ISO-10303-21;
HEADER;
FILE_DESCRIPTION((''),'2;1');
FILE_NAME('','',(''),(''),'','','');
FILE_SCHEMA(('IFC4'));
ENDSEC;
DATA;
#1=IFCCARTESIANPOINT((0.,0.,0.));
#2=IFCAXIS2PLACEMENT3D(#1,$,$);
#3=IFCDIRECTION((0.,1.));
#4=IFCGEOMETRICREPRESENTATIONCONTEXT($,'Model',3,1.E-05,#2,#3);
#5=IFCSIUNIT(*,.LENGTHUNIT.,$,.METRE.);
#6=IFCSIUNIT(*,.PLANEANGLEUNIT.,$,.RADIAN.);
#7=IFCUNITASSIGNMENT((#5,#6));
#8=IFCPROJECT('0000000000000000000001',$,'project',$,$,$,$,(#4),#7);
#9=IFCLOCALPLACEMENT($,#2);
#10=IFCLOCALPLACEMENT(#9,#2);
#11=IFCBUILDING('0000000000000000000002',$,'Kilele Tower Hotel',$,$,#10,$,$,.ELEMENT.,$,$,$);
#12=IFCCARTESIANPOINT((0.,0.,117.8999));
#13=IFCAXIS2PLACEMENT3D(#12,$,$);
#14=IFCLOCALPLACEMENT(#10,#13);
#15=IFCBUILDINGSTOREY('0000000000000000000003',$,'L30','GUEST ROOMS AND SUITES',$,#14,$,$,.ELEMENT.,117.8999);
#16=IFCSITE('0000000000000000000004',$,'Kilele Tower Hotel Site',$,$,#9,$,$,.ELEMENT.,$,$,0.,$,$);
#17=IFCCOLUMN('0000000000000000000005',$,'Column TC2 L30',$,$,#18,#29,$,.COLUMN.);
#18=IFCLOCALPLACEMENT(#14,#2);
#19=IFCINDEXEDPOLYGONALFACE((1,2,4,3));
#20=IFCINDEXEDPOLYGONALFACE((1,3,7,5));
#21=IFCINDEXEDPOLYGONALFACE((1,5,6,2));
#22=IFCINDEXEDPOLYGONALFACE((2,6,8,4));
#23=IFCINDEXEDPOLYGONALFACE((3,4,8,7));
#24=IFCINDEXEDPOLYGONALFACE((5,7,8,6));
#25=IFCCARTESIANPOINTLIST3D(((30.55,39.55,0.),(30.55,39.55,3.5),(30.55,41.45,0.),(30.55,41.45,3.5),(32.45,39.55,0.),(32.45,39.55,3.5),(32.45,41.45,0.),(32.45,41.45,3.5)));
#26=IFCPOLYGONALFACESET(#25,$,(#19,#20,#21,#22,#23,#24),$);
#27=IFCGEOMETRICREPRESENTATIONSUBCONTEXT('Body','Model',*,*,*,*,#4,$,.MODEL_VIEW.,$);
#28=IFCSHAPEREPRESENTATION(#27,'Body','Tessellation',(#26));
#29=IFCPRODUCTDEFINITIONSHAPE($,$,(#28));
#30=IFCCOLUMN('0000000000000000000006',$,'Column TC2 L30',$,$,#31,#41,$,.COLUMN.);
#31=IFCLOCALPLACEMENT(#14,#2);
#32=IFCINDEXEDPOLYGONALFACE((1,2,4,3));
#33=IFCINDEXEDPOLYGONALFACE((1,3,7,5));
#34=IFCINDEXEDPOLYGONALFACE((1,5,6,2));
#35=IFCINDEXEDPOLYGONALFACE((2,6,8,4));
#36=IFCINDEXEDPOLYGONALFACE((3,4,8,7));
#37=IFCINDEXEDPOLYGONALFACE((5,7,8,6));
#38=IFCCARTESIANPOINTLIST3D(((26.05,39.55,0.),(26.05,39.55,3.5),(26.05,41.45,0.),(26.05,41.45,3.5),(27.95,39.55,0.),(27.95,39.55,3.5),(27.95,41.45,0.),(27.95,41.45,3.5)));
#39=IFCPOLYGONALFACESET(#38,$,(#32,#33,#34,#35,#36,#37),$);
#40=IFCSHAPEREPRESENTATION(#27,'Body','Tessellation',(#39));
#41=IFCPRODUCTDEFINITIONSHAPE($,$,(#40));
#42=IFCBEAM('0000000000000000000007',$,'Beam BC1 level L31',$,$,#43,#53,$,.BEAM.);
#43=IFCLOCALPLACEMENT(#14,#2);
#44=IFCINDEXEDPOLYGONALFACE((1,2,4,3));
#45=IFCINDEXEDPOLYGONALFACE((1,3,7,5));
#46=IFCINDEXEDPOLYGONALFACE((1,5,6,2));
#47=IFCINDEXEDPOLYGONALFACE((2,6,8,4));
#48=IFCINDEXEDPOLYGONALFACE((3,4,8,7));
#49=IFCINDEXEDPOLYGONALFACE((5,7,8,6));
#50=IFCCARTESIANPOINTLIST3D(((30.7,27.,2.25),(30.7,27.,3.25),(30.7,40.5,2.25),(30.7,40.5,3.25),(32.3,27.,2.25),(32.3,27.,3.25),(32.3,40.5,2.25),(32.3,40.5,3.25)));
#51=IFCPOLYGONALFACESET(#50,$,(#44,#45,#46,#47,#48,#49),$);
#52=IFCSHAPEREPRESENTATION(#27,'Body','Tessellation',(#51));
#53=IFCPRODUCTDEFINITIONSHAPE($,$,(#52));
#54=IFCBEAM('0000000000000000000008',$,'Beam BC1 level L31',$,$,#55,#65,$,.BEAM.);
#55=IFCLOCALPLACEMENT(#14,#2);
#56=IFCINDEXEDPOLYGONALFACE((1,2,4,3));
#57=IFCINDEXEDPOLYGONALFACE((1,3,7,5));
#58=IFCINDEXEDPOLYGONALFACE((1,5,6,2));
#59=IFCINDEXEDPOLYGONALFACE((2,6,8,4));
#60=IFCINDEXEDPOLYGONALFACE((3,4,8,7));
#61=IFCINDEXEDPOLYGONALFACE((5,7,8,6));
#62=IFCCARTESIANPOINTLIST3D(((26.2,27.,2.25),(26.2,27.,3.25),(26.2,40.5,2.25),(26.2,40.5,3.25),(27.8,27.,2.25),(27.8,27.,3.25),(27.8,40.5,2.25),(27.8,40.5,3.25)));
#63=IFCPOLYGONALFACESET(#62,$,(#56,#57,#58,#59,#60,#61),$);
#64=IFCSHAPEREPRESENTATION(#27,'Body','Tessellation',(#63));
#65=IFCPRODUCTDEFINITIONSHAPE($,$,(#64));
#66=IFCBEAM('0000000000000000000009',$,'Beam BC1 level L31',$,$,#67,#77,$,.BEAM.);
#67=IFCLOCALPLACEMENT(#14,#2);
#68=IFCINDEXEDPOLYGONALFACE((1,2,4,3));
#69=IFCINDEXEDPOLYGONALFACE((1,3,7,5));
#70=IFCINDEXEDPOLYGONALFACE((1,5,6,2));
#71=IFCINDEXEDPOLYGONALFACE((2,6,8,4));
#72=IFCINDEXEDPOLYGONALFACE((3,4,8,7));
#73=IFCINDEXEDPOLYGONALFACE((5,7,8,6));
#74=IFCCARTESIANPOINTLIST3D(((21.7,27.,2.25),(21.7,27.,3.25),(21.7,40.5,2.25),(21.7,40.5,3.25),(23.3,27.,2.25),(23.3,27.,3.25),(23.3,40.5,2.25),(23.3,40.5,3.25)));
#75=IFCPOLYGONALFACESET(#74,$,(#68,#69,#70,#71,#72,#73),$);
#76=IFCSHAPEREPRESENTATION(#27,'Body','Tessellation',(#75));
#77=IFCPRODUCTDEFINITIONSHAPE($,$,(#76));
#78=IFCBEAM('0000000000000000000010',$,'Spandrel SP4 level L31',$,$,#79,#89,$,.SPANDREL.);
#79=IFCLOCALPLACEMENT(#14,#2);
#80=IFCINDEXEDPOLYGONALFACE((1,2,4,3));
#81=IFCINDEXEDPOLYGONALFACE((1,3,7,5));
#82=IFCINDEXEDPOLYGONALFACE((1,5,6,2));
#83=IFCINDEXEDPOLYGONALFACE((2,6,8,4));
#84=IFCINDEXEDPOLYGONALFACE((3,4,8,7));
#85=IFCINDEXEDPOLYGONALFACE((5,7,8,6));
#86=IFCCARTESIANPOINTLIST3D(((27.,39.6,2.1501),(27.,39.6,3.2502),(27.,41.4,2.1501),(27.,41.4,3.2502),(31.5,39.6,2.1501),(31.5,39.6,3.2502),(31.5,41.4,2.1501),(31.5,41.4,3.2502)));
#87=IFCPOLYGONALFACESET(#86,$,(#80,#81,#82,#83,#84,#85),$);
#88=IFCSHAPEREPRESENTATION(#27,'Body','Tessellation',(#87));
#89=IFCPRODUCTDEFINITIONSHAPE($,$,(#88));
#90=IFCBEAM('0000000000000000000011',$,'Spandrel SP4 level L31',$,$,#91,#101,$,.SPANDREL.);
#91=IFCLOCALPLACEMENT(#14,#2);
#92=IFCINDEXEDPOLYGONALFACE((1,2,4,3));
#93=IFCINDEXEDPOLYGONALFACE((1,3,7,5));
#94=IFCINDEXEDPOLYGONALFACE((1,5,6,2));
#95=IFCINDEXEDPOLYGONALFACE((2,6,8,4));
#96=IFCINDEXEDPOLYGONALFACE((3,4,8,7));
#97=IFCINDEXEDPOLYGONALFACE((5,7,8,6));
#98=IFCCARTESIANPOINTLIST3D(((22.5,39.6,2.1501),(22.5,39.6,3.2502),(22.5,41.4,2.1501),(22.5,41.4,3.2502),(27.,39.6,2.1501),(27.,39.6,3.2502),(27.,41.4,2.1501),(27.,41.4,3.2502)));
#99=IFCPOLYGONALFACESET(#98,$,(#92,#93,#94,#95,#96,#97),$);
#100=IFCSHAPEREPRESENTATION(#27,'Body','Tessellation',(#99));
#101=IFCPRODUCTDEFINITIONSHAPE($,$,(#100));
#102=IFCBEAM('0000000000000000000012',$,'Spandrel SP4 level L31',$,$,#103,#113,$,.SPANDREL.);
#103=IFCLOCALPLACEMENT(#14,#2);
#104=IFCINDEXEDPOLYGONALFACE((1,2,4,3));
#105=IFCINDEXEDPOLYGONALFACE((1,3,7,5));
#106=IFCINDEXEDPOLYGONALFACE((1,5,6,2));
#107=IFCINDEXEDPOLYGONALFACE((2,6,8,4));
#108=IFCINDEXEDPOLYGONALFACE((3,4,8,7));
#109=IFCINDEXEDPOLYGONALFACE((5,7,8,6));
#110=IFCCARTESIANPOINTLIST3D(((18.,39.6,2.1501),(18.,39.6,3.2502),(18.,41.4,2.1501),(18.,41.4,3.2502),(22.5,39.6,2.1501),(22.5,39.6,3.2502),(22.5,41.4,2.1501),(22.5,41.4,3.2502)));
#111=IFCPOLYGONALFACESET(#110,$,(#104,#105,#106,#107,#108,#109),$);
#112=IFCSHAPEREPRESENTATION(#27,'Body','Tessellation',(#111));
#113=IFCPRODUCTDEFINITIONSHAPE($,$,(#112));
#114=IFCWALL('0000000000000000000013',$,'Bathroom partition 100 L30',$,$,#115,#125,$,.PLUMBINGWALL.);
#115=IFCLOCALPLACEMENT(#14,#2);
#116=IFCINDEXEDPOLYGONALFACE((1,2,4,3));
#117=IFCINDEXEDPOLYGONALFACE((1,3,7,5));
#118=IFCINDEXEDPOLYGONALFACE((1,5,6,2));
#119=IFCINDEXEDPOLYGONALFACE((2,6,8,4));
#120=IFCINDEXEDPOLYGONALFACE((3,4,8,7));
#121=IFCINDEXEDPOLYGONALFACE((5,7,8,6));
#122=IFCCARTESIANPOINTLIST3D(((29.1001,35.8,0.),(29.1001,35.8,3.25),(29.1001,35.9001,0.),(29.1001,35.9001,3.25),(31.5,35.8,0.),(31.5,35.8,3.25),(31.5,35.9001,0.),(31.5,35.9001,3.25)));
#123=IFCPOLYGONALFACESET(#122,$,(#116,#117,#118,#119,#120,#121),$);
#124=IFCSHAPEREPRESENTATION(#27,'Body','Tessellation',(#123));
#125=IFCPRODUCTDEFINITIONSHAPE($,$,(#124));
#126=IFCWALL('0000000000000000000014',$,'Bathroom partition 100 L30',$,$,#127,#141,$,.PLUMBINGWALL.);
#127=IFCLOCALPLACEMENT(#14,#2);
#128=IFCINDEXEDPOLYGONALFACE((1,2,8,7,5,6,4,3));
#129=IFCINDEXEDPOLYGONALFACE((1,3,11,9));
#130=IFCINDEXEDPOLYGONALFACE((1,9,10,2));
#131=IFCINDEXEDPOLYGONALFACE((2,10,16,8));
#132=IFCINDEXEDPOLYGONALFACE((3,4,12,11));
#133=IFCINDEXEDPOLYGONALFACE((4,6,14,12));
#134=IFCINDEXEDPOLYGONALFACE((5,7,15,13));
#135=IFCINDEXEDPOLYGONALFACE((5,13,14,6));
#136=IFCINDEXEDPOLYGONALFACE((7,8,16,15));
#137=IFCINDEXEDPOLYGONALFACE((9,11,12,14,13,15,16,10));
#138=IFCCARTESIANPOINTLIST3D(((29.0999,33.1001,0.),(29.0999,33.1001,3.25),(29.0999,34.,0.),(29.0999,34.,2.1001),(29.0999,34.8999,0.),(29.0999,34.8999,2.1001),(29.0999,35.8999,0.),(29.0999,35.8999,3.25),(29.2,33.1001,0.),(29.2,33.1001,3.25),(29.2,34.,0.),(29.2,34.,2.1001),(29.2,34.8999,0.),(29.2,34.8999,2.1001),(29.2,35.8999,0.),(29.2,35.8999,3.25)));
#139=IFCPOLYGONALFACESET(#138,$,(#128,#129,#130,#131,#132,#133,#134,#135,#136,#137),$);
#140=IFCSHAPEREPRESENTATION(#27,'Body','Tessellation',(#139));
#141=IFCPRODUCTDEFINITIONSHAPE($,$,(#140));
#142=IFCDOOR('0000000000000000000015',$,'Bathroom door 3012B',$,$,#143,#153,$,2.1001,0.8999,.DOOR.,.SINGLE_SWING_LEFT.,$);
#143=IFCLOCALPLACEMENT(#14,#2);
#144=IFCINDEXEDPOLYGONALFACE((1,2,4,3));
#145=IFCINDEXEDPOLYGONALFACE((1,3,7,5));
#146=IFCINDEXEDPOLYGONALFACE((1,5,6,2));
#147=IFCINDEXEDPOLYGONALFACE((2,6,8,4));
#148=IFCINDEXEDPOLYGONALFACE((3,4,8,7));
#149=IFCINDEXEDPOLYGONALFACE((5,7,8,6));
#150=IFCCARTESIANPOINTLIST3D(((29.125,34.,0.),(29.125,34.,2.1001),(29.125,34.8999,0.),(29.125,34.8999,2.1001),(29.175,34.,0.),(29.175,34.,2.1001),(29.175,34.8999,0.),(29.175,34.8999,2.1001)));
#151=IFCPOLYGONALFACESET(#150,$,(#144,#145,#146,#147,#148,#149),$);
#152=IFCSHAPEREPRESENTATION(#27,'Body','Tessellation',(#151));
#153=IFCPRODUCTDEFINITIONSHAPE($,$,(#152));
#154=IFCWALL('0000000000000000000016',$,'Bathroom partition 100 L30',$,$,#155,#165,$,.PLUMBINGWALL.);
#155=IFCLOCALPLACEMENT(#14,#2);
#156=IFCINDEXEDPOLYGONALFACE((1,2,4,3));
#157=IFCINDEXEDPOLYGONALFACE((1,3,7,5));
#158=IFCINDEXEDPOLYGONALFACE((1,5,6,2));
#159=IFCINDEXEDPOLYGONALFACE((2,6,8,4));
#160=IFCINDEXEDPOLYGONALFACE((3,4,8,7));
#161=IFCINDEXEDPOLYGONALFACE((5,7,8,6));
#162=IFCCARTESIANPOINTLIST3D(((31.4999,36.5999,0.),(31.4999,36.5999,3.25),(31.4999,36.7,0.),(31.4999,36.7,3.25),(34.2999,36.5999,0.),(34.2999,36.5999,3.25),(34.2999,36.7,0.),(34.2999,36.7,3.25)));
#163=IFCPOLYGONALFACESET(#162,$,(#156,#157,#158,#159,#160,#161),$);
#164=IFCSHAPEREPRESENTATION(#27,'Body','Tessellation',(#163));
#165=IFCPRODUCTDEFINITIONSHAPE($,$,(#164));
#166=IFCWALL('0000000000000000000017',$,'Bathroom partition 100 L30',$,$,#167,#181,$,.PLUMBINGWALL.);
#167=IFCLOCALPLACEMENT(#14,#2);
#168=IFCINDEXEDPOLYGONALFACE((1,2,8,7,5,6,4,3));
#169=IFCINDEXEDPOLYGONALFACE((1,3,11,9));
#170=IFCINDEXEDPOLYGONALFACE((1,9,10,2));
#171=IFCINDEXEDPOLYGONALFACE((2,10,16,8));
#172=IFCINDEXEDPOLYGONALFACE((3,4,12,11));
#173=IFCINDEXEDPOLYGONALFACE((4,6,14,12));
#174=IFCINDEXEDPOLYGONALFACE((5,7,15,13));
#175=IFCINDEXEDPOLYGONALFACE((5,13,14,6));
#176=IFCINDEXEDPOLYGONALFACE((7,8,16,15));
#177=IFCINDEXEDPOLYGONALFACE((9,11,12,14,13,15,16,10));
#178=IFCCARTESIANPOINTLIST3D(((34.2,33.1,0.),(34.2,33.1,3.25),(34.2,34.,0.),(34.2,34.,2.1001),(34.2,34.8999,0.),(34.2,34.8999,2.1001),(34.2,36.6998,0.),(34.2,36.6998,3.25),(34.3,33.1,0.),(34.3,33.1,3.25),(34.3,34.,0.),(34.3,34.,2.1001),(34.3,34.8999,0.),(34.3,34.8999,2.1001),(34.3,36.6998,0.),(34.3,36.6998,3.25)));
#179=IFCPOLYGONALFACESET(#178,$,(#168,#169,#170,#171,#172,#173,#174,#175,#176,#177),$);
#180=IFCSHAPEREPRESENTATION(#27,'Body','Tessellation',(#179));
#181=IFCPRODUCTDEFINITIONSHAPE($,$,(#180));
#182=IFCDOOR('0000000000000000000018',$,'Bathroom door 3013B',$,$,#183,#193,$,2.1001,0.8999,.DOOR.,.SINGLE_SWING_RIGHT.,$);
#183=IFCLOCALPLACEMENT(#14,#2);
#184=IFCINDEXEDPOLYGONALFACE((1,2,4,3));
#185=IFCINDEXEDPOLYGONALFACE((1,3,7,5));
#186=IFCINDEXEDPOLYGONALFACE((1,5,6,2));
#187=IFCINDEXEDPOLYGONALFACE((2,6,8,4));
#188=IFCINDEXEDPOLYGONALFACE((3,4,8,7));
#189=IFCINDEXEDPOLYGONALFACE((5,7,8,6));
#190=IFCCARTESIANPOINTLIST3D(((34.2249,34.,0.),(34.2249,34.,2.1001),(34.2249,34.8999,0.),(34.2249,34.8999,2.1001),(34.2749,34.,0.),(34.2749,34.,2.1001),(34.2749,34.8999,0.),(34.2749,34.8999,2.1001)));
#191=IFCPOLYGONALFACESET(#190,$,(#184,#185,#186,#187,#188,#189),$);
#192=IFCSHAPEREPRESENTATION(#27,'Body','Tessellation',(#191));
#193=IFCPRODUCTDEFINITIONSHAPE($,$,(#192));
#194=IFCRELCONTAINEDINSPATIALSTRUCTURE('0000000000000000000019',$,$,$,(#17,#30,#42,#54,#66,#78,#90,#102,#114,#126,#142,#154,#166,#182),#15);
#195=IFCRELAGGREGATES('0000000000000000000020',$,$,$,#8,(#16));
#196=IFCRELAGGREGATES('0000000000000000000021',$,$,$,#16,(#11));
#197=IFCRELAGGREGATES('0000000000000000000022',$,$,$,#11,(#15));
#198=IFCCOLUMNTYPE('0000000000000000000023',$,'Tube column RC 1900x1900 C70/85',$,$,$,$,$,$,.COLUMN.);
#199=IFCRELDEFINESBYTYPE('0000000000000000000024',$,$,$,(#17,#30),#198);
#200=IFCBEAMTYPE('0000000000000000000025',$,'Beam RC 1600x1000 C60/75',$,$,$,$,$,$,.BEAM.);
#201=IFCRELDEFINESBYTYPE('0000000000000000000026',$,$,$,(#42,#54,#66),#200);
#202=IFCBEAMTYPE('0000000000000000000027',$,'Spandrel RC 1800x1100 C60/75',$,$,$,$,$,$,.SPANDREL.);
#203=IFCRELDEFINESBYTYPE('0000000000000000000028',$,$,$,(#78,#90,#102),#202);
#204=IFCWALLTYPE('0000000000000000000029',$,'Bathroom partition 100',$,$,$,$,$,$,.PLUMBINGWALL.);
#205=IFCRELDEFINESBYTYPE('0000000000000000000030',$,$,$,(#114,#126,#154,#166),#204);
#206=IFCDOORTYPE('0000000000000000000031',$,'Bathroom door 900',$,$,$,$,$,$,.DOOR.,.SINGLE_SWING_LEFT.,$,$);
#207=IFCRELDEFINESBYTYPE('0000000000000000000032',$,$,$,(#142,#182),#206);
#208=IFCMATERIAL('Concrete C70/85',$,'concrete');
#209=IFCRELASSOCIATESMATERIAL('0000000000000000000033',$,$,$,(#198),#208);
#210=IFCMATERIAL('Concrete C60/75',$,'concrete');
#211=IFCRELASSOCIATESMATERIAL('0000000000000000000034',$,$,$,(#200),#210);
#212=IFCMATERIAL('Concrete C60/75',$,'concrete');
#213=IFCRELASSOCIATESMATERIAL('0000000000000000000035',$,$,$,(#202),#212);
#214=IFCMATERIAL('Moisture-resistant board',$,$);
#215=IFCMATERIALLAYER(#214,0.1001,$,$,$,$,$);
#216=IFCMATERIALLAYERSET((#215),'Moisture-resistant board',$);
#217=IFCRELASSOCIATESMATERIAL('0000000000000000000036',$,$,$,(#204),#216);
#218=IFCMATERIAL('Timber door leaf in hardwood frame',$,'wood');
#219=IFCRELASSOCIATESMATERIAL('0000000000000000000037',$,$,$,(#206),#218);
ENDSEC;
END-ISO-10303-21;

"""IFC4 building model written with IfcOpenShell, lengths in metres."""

from ifc_helpers import new_model, si_unit, direction, frame, frame_2d, origin, origin_2d, place, context, subcontext, project, spatial, rectangle, extrude, material, layer, layer_set, material_profile, profile_set, type_object, element, fill, save


model = new_model("IFC4")

# Units and contexts
model_context = context("Model", 3, precision=1e-05, world=origin(), true_north=direction((0.0, 1.0)))
body_context = subcontext(model_context, "Body", "Model", "MODEL_VIEW")
ifc_project = project(units=[si_unit("LENGTHUNIT", "METRE"), si_unit("PLANEANGLEUNIT", "RADIAN")], contexts=[model_context])

# Site, building, storey
site_placement = place(None, origin())
site = spatial("IfcSite", under=ifc_project, at=site_placement, Name="Kilele Tower Hotel Site", CompositionType="ELEMENT", RefElevation=0.0)
building_placement = place(site_placement, origin())
building = spatial("IfcBuilding", under=site, at=building_placement, Name="Kilele Tower Hotel", CompositionType="ELEMENT")
storey_placement = place(building_placement, frame((0.0, 0.0, 117.8999)))
storey = spatial("IfcBuildingStorey", under=building, at=storey_placement, Name="L30", Description="GUEST ROOMS AND SUITES", CompositionType="ELEMENT", Elevation=117.8999)

# Columns
ifc_material_1 = material(Name="Concrete C70/85", Category="concrete")
ifc_material_profile_1 = material_profile(ifc_material_1, rectangle(XDim=1.8999, YDim=1.8999, at=origin_2d()))
ifc_profile_set_1 = profile_set([ifc_material_profile_1], Name="Concrete C70/85")
column_type = type_object("IfcColumnType", Name="Tube column RC 1900x1900 C70/85", PredefinedType="COLUMN", material=ifc_profile_set_1)
for number, where, z_axis, x_axis, name in (
    (1, (31.5, 40.5, 0.0), (0.0, 0.0, 1.0), (1.0, 0.0, 0.0), "Column TC2 L30"),
    (2, (27.0, 40.5, 0.0), (0.0, 0.0, 1.0), (1.0, 0.0, 0.0), "Column TC2 L30"),
):
    element("IfcColumn", number, at=place(storey_placement, frame(where, z_axis=z_axis, x_axis=x_axis)), inside=storey, type_object=column_type, Name=name, PredefinedType="COLUMN", context=body_context, shape_type="SweptSolid", body=[
        extrude(rectangle(XDim=1.8999, YDim=1.8999, at=origin_2d()), origin(), (0.0, 0.0, 1.0), 3.5),
    ])

# Beams
ifc_material_2 = material(Name="Concrete C60/75", Category="concrete")
ifc_material_profile_2 = material_profile(ifc_material_2, rectangle(XDim=1.6001, YDim=1.0, at=origin_2d()))
ifc_profile_set_2 = profile_set([ifc_material_profile_2], Name="Concrete C60/75")
beam_type_1 = type_object("IfcBeamType", Name="Beam RC 1600x1000 C60/75", PredefinedType="BEAM", material=ifc_profile_set_2)
for number, where, z_axis, x_axis, name in (
    (3, (31.5, 40.5, 2.75), (0.0, -1.0, 0.0), (1.0, 0.0, 0.0), "Beam BC1 level L31"),
    (4, (27.0, 40.5, 2.75), (0.0, -1.0, 0.0), (1.0, 0.0, 0.0), "Beam BC1 level L31"),
    (5, (22.5, 40.5, 2.75), (0.0, -1.0, 0.0), (1.0, 0.0, 0.0), "Beam BC1 level L31"),
):
    element("IfcBeam", number, at=place(storey_placement, frame(where, z_axis=z_axis, x_axis=x_axis)), inside=storey, type_object=beam_type_1, Name=name, PredefinedType="BEAM", context=body_context, shape_type="SweptSolid", body=[
        extrude(rectangle(XDim=1.6001, YDim=1.0, at=origin_2d()), origin(), (0.0, 0.0, 1.0), 13.5),
    ])
ifc_material_3 = material(Name="Concrete C60/75", Category="concrete")
ifc_material_profile_3 = material_profile(ifc_material_3, rectangle(XDim=1.8, YDim=1.1001, at=origin_2d()))
ifc_profile_set_3 = profile_set([ifc_material_profile_3], Name="Concrete C60/75")
beam_type_2 = type_object("IfcBeamType", Name="Spandrel RC 1800x1100 C60/75", PredefinedType="SPANDREL", material=ifc_profile_set_3)
for number, where, z_axis, x_axis, name in (
    (6, (31.5, 40.5, 2.7002), (-1.0, 0.0, 0.0), (0.0, -1.0, 0.0), "Spandrel SP4 level L31"),
    (7, (27.0, 40.5, 2.7002), (-1.0, 0.0, 0.0), (0.0, -1.0, 0.0), "Spandrel SP4 level L31"),
    (8, (22.5, 40.5, 2.7002), (-1.0, 0.0, 0.0), (0.0, -1.0, 0.0), "Spandrel SP4 level L31"),
):
    element("IfcBeam", number, at=place(storey_placement, frame(where, z_axis=z_axis, x_axis=x_axis)), inside=storey, type_object=beam_type_2, Name=name, PredefinedType="SPANDREL", context=body_context, shape_type="SweptSolid", body=[
        extrude(rectangle(XDim=1.8, YDim=1.1001, at=origin_2d()), origin(), (0.0, 0.0, 1.0), 4.5),
    ])

# Wall
ifc_material_4 = material(Name="Moisture-resistant board")
ifc_layer_1 = layer(ifc_material_4, 0.1001)
ifc_layer_set_1 = layer_set([ifc_layer_1], Name="Moisture-resistant board")
wall_type_1 = type_object("IfcWallType", Name="Bathroom partition 100", PredefinedType="PLUMBINGWALL", material=ifc_layer_set_1)
wall_1_placement = place(storey_placement, frame((29.1001, 35.8501, 0.0), z_axis=(0.0, 0.0, 1.0), x_axis=(1.0, 0.0, 0.0)))
element("IfcWall", 9, at=wall_1_placement, inside=storey, type_object=wall_type_1, Name="Bathroom partition 100 L30", PredefinedType="PLUMBINGWALL", context=body_context, shape_type="SweptSolid", body=[
    extrude(rectangle(XDim=2.3999, YDim=0.1001, at=frame_2d((1.2, 0.0))), origin(), (0.0, 0.0, 1.0), 3.25),
])

# Wall, opening, door
wall_2_placement = place(storey_placement, frame((29.1499, 33.1001, 0.0), z_axis=(0.0, 0.0, 1.0), x_axis=(0.0, 1.0, 0.0)))
wall_2 = element("IfcWall", 10, at=wall_2_placement, inside=storey, type_object=wall_type_1, Name="Bathroom partition 100 L30", PredefinedType="PLUMBINGWALL", context=body_context, shape_type="SweptSolid", body=[
    extrude(rectangle(XDim=2.7998, YDim=0.1001, at=frame_2d((1.3999, 0.0))), origin(), (0.0, 0.0, 1.0), 3.25),
])
opening_1_placement = place(wall_2_placement, frame((0.8999, 0.0, 0.0)))
opening_1 = element("IfcOpeningElement", 11, at=opening_1_placement, cuts=wall_2, PredefinedType="OPENING", context=body_context, shape_type="SweptSolid", body=[
    extrude(rectangle(XDim=0.8999, YDim=2.1001, at=frame_2d((0.45, 1.05))), frame((0.0, 0.0601, 0.0), z_axis=(0.0, -1.0, 0.0), x_axis=(1.0, 0.0, 0.0)), (0.0, 0.0, 1.0), 0.1201),
])
ifc_material_5 = material(Name="Timber door leaf in hardwood frame", Category="wood")
door_type_1 = type_object("IfcDoorType", Name="Bathroom door 900", OperationType="SINGLE_SWING_LEFT", PredefinedType="DOOR", material=ifc_material_5)
door_1_placement = place(opening_1_placement, origin())
door_1 = element("IfcDoor", 12, at=door_1_placement, inside=storey, type_object=door_type_1, Name="Bathroom door 3012B", OperationType="SINGLE_SWING_LEFT", OverallHeight=2.1001, OverallWidth=0.8999, PredefinedType="DOOR", context=body_context, shape_type="SweptSolid", body=[
    extrude(rectangle(XDim=0.8999, YDim=2.1001, at=frame_2d((0.45, 1.05))), frame((0.0, 0.0249, 0.0), z_axis=(0.0, -1.0, 0.0), x_axis=(1.0, 0.0, 0.0)), (0.0, 0.0, 1.0), 0.05),
])
fill(opening_1, door_1)

# Wall
wall_3_placement = place(storey_placement, frame((31.5, 36.6499, 0.0), z_axis=(0.0, 0.0, 1.0), x_axis=(1.0, 0.0, 0.0)))
element("IfcWall", 13, at=wall_3_placement, inside=storey, type_object=wall_type_1, Name="Bathroom partition 100 L30", PredefinedType="PLUMBINGWALL", context=body_context, shape_type="SweptSolid", body=[
    extrude(rectangle(XDim=2.8, YDim=0.1001, at=frame_2d((1.3999, 0.0))), origin(), (0.0, 0.0, 1.0), 3.25),
])

# Wall, opening, door
wall_4_placement = place(storey_placement, frame((34.25, 33.1001, 0.0), z_axis=(0.0, 0.0, 1.0), x_axis=(0.0, 1.0, 0.0)))
wall_4 = element("IfcWall", 14, at=wall_4_placement, inside=storey, type_object=wall_type_1, Name="Bathroom partition 100 L30", PredefinedType="PLUMBINGWALL", context=body_context, shape_type="SweptSolid", body=[
    extrude(rectangle(XDim=3.5999, YDim=0.1001, at=frame_2d((1.7998, 0.0))), origin(), (0.0, 0.0, 1.0), 3.25),
])
opening_2_placement = place(wall_4_placement, frame((1.7998, 0.0, 0.0), z_axis=(0.0, 0.0, 1.0), x_axis=(-1.0, 0.0, 0.0)))
opening_2 = element("IfcOpeningElement", 15, at=opening_2_placement, cuts=wall_4, PredefinedType="OPENING", context=body_context, shape_type="SweptSolid", body=[
    extrude(rectangle(XDim=0.8999, YDim=2.1001, at=frame_2d((0.45, 1.05))), frame((0.0, 0.0601, 0.0), z_axis=(0.0, -1.0, 0.0), x_axis=(1.0, 0.0, 0.0)), (0.0, 0.0, 1.0), 0.1201),
])
door_2_placement = place(opening_2_placement, origin())
door_2 = element("IfcDoor", 16, at=door_2_placement, inside=storey, type_object=door_type_1, Name="Bathroom door 3013B", OperationType="SINGLE_SWING_RIGHT", OverallHeight=2.1001, OverallWidth=0.8999, PredefinedType="DOOR", context=body_context, shape_type="SweptSolid", body=[
    extrude(rectangle(XDim=0.8999, YDim=2.1001, at=frame_2d((0.45, 1.05))), frame((0.0, 0.0249, 0.0), z_axis=(0.0, -1.0, 0.0), x_axis=(1.0, 0.0, 0.0)), (0.0, 0.0, 1.0), 0.05),
])
fill(opening_2, door_2)

save(model, "model.ifc")
